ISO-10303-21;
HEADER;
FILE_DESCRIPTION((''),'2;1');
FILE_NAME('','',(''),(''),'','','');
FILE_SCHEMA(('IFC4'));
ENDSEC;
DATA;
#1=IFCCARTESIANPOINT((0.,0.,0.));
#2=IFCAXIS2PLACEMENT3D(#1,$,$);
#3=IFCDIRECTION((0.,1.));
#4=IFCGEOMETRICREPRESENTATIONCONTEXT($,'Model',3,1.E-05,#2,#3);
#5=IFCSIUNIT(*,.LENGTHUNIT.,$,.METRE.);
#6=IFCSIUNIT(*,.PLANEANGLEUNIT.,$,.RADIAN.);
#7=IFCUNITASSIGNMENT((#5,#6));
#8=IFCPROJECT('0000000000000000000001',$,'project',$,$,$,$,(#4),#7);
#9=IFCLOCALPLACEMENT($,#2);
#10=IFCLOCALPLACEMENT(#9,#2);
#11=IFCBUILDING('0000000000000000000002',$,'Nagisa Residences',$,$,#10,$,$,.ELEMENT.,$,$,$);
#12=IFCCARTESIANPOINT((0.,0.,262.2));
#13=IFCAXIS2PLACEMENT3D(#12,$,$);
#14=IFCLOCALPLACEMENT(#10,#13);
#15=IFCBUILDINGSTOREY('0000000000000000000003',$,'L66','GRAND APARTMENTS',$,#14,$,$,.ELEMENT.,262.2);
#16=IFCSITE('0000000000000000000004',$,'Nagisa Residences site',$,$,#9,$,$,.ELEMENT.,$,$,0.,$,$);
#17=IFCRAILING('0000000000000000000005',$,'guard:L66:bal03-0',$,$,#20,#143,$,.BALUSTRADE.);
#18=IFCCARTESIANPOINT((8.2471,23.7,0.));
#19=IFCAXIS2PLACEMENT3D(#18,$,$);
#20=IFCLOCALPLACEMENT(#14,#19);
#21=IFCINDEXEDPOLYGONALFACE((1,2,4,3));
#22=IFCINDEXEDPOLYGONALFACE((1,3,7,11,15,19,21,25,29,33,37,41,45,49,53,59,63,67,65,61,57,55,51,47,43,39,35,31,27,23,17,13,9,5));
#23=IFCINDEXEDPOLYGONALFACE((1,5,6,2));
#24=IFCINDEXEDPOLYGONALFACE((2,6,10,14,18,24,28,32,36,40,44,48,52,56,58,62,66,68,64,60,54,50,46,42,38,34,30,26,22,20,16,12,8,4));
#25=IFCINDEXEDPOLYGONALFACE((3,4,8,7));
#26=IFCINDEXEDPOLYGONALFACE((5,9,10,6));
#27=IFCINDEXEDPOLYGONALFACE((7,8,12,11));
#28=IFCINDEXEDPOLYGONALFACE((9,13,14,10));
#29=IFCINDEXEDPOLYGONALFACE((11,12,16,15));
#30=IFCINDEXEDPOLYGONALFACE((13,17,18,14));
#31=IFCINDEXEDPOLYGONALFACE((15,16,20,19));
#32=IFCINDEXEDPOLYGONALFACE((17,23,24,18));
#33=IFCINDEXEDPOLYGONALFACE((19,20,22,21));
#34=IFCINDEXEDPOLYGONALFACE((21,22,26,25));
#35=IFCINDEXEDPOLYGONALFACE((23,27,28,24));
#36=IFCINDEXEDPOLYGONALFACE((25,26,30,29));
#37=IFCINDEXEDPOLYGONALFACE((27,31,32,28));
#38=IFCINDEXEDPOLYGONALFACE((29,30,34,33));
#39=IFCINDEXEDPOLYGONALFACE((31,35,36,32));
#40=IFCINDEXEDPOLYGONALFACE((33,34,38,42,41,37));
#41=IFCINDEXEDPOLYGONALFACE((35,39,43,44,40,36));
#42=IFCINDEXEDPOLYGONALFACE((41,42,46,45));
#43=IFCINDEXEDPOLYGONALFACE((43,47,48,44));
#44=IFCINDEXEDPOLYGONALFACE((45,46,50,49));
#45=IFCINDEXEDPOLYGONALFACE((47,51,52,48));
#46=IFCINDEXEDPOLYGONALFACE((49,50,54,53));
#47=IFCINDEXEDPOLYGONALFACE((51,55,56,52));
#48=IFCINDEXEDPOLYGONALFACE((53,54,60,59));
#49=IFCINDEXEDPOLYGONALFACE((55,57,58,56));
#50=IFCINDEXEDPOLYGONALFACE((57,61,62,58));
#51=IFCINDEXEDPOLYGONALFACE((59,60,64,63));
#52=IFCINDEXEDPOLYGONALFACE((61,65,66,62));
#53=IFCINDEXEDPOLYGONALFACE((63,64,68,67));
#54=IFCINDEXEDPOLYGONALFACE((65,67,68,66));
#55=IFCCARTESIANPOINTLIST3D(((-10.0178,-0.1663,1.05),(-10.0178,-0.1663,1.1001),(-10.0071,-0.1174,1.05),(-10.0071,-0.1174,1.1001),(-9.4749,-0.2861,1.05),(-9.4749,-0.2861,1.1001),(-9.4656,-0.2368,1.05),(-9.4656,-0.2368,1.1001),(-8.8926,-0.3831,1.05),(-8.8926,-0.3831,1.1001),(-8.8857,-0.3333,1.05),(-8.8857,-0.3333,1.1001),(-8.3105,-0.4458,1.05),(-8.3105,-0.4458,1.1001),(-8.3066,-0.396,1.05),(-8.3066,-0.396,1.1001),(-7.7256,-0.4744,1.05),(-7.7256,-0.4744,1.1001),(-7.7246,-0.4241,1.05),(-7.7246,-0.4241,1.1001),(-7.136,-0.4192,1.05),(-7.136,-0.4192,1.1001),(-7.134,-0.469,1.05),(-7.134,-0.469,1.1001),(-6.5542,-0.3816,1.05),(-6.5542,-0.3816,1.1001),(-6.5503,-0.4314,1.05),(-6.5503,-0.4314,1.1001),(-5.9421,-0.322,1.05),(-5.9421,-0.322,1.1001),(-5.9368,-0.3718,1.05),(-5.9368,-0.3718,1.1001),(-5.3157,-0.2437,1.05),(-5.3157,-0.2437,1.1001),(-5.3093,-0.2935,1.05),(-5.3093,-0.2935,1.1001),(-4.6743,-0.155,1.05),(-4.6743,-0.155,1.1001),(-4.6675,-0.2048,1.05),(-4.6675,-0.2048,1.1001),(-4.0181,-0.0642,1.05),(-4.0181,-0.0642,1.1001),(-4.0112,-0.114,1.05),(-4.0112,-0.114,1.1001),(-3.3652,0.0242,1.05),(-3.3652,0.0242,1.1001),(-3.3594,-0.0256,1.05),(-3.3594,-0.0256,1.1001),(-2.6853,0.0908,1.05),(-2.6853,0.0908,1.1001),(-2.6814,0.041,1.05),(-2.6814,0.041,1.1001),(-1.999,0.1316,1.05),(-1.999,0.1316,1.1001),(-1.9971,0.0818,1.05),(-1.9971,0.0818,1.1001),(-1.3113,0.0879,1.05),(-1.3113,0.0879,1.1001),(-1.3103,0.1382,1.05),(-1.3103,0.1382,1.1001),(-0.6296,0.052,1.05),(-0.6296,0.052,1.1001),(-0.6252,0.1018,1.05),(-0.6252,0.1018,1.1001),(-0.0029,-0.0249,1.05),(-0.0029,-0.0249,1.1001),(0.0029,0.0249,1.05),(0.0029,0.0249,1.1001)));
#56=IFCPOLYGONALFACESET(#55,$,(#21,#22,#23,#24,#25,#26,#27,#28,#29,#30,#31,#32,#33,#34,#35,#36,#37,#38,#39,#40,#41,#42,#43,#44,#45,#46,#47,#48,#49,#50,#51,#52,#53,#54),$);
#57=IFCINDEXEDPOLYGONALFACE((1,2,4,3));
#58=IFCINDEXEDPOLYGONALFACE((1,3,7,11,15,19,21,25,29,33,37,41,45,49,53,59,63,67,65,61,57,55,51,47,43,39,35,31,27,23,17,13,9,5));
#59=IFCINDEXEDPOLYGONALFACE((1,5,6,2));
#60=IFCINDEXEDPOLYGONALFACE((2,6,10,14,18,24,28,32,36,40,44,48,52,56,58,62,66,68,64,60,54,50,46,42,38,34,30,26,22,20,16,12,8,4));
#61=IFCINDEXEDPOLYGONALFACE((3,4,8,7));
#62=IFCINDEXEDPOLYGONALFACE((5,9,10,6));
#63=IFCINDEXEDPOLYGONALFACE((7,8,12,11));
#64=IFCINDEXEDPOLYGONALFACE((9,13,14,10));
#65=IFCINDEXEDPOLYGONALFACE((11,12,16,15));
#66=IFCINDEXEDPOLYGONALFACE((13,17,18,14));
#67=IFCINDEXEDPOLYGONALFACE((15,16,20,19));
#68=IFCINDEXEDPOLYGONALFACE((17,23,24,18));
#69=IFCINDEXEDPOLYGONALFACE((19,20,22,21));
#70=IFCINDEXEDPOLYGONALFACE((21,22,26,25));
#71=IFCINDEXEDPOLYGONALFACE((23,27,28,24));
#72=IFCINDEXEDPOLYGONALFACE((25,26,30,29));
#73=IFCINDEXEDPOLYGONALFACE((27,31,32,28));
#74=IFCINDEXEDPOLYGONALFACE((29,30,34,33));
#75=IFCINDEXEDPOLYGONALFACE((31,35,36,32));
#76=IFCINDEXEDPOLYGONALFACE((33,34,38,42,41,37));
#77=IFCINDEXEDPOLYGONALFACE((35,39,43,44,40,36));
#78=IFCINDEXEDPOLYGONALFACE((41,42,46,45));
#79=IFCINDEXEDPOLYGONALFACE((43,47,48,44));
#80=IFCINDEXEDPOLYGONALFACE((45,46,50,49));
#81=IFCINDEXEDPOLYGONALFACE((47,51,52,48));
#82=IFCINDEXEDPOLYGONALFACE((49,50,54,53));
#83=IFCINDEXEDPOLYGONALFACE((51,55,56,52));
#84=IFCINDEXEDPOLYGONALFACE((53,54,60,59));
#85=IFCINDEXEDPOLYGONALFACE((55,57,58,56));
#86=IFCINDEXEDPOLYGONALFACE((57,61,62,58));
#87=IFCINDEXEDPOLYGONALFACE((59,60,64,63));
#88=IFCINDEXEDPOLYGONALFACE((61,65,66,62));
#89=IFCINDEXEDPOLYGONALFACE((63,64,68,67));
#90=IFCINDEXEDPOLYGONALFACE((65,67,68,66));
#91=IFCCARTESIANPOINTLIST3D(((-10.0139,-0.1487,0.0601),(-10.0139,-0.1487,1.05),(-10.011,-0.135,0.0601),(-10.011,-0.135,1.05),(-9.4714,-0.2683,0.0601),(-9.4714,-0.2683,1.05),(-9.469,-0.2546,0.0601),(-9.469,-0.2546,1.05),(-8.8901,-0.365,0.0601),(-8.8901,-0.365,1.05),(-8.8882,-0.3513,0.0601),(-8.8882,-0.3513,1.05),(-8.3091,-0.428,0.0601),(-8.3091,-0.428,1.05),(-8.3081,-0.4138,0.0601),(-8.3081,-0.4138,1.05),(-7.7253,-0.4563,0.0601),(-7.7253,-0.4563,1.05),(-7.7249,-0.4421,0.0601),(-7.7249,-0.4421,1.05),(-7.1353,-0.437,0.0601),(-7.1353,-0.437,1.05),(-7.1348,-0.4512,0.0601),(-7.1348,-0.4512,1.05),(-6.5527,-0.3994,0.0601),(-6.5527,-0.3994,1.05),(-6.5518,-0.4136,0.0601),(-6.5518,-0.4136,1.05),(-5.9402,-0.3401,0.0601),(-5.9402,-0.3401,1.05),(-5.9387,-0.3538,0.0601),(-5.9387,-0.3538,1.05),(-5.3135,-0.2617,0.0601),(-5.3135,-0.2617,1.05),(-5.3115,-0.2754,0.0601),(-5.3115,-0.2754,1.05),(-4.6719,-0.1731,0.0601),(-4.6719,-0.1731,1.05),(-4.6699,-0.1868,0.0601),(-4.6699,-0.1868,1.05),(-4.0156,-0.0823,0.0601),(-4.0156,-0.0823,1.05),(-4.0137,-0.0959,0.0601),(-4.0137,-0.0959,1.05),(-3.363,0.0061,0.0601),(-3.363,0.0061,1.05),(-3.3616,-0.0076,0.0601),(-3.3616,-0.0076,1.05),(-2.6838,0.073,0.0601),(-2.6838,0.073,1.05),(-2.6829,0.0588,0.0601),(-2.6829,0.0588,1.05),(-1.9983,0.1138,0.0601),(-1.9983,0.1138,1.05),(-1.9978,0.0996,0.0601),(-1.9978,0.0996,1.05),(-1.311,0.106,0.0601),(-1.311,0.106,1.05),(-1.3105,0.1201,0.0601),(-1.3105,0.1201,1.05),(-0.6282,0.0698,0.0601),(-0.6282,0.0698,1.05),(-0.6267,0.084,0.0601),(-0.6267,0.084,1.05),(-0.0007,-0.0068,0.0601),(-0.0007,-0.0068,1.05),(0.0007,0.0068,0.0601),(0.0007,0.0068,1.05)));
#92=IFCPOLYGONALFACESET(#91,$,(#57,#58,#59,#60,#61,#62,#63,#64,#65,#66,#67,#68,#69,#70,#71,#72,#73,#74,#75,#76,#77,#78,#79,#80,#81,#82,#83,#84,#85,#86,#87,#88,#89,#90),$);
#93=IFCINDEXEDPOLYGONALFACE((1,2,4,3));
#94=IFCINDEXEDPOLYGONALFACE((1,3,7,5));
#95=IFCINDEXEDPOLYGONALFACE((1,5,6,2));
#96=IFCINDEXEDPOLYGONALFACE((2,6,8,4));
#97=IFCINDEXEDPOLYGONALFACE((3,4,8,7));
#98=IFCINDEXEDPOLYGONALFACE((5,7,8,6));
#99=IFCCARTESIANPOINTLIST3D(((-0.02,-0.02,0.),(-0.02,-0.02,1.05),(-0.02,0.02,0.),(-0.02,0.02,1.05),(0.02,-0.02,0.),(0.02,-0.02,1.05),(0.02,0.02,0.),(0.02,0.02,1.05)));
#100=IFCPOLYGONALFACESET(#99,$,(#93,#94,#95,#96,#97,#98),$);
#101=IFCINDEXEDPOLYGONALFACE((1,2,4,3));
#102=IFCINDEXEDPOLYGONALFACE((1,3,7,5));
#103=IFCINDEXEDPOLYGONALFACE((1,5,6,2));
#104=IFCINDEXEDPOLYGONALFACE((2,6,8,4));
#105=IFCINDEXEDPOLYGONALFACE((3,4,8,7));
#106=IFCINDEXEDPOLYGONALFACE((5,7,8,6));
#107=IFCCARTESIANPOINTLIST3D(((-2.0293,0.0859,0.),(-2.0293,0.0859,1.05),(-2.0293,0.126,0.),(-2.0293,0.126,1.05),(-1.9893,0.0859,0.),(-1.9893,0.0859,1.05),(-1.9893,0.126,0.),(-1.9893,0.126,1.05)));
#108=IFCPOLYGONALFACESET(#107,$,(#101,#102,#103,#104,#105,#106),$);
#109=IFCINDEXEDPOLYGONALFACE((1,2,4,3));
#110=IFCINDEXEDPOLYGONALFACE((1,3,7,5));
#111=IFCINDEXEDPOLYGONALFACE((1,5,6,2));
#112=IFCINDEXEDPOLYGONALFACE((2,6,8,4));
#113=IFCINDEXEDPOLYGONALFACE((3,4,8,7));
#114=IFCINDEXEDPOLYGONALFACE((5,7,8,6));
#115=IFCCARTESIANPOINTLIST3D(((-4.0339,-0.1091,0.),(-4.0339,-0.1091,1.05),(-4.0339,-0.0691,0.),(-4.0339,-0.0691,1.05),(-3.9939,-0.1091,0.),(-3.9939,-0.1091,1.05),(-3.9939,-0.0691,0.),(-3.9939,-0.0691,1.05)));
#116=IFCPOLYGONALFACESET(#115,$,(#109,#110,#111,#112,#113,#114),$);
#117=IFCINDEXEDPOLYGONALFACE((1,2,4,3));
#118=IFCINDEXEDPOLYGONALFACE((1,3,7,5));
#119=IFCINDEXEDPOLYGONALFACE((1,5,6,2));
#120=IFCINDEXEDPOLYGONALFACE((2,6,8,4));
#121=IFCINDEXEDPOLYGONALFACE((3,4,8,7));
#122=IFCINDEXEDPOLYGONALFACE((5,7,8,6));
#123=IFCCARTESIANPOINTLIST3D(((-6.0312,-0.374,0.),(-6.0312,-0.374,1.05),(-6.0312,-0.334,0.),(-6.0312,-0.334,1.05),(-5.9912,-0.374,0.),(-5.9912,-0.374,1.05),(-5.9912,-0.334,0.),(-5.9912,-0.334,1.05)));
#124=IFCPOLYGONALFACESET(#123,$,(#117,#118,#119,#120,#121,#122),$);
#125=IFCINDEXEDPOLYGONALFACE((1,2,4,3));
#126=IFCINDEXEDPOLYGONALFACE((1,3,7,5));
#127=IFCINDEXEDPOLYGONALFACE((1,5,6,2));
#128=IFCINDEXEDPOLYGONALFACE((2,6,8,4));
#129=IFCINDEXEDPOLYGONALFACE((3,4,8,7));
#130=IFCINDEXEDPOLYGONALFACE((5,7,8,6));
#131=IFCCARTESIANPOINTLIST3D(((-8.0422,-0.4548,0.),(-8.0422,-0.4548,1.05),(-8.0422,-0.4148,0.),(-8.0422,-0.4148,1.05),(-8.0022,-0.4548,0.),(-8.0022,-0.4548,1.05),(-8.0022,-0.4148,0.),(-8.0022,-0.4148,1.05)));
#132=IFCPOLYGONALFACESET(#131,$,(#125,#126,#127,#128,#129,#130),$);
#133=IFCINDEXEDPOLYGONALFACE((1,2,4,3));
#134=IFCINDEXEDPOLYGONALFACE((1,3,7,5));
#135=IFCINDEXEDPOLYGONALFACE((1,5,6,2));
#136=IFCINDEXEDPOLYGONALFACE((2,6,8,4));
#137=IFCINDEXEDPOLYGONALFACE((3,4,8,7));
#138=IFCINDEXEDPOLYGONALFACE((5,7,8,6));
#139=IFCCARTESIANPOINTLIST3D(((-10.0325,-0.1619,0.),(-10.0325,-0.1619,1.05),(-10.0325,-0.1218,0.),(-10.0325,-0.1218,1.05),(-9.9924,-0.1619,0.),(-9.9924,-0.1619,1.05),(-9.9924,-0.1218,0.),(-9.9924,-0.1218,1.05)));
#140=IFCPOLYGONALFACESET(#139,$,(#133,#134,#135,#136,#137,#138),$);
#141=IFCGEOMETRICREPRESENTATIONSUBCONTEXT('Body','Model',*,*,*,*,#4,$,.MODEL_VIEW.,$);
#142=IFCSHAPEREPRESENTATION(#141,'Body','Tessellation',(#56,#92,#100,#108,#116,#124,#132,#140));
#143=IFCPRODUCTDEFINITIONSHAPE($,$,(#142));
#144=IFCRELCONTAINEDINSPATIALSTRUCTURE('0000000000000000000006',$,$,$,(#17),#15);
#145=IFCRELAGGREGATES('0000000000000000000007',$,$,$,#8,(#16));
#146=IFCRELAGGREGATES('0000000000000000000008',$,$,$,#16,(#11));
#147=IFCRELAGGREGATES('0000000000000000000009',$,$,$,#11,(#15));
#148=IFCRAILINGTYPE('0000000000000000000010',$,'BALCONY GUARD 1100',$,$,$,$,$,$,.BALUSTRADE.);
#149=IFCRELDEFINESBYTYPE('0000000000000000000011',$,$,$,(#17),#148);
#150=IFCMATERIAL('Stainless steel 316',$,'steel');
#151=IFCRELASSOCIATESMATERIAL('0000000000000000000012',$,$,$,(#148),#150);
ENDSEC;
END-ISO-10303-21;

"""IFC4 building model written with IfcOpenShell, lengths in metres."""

from ifc_helpers import new_model, si_unit, direction, frame, origin, origin_2d, place, context, subcontext, project, spatial, polyline, rectangle, outline, extrude, material, type_object, element, save


model = new_model("IFC4")

# Units and contexts
model_context = context("Model", 3, precision=1e-05, world=origin(), true_north=direction((0.0, 1.0)))
body_context = subcontext(model_context, "Body", "Model", "MODEL_VIEW")
ifc_project = project(units=[si_unit("LENGTHUNIT", "METRE"), si_unit("PLANEANGLEUNIT", "RADIAN")], contexts=[model_context])

# Site, building, storey
site_placement = place(None, origin())
site = spatial("IfcSite", under=ifc_project, at=site_placement, Name="Nagisa Residences site", CompositionType="ELEMENT", RefElevation=0.0)
building_placement = place(site_placement, origin())
building = spatial("IfcBuilding", under=site, at=building_placement, Name="Nagisa Residences", CompositionType="ELEMENT")
storey_placement = place(building_placement, frame((0.0, 0.0, 262.2)))
storey = spatial("IfcBuildingStorey", under=building, at=storey_placement, Name="L66", Description="GRAND APARTMENTS", CompositionType="ELEMENT", Elevation=262.2)

# Railing
ifc_material_1 = material(Name="Stainless steel 316", Category="steel")
railing_type_1 = type_object("IfcRailingType", Name="BALCONY GUARD 1100", PredefinedType="BALUSTRADE", material=ifc_material_1)
railing_1_placement = place(storey_placement, frame((8.2471, 23.7, 0.0)))
element("IfcRailing", 1, at=railing_1_placement, inside=storey, type_object=railing_type_1, Name="guard:L66:bal03-0", PredefinedType="BALUSTRADE", context=body_context, shape_type="SweptSolid", body=[
    extrude(outline(polyline([(-0.6296, 0.052), (-0.0029, -0.0249), (0.0029, 0.0249), (-0.6252, 0.1018), (-1.3103, 0.1382), (-1.999, 0.1316), (-2.6853, 0.0908), (-3.3652, 0.0242), (-4.0181, -0.0642), (-4.6743, -0.155), (-5.3157, -0.2437), (-5.9421, -0.322), (-6.5542, -0.3816), (-7.136, -0.4192), (-7.7246, -0.4241), (-8.3066, -0.396), (-8.8857, -0.3333), (-9.4656, -0.2368), (-10.0071, -0.1174), (-10.0178, -0.1663), (-9.4749, -0.2861), (-8.8926, -0.3831), (-8.3105, -0.4458), (-7.7256, -0.4744), (-7.134, -0.469), (-6.5503, -0.4314), (-5.9368, -0.3718), (-5.3093, -0.2935), (-4.6675, -0.2048), (-4.0112, -0.114), (-3.3594, -0.0256), (-2.6814, 0.041), (-1.9971, 0.0818), (-1.3113, 0.0879), (-0.6296, 0.052)])), frame((0.0, 0.0, 1.05)), (0.0, 0.0, 1.0), 0.05),
    extrude(outline(polyline([(-0.6282, 0.0698), (-0.0007, -0.0068), (0.0007, 0.0068), (-0.6267, 0.084), (-1.3105, 0.1201), (-1.9983, 0.1138), (-2.6838, 0.073), (-3.363, 0.0061), (-4.0156, -0.0823), (-4.6719, -0.1731), (-5.3135, -0.2617), (-5.9402, -0.3401), (-6.5527, -0.3994), (-7.1353, -0.437), (-7.7249, -0.4421), (-8.3081, -0.4138), (-8.8882, -0.3513), (-9.469, -0.2546), (-10.011, -0.135), (-10.0139, -0.1487), (-9.4714, -0.2683), (-8.8901, -0.365), (-8.3091, -0.428), (-7.7253, -0.4563), (-7.1348, -0.4512), (-6.5518, -0.4136), (-5.9387, -0.3538), (-5.3115, -0.2754), (-4.6699, -0.1868), (-4.0137, -0.0959), (-3.3616, -0.0076), (-2.6829, 0.0588), (-1.9978, 0.0996), (-1.311, 0.106), (-0.6282, 0.0698)])), frame((0.0, 0.0, 0.0601)), (0.0, 0.0, 1.0), 0.99),
    extrude(rectangle(XDim=0.04, YDim=0.04, at=origin_2d()), origin(), (0.0, 0.0, 1.0), 1.05),
    extrude(rectangle(XDim=0.04, YDim=0.04, at=origin_2d()), frame((-2.0093, 0.106, 0.0)), (0.0, 0.0, 1.0), 1.05),
    extrude(rectangle(XDim=0.04, YDim=0.04, at=origin_2d()), frame((-4.0139, -0.0891, 0.0)), (0.0, 0.0, 1.0), 1.05),
    extrude(rectangle(XDim=0.04, YDim=0.04, at=origin_2d()), frame((-6.0112, -0.354, 0.0)), (0.0, 0.0, 1.0), 1.05),
    extrude(rectangle(XDim=0.04, YDim=0.04, at=origin_2d()), frame((-8.0222, -0.4348, 0.0)), (0.0, 0.0, 1.0), 1.05),
    extrude(rectangle(XDim=0.04, YDim=0.04, at=origin_2d()), frame((-10.0125, -0.1418, 0.0)), (0.0, 0.0, 1.0), 1.05),
])

save(model, "model.ifc")
